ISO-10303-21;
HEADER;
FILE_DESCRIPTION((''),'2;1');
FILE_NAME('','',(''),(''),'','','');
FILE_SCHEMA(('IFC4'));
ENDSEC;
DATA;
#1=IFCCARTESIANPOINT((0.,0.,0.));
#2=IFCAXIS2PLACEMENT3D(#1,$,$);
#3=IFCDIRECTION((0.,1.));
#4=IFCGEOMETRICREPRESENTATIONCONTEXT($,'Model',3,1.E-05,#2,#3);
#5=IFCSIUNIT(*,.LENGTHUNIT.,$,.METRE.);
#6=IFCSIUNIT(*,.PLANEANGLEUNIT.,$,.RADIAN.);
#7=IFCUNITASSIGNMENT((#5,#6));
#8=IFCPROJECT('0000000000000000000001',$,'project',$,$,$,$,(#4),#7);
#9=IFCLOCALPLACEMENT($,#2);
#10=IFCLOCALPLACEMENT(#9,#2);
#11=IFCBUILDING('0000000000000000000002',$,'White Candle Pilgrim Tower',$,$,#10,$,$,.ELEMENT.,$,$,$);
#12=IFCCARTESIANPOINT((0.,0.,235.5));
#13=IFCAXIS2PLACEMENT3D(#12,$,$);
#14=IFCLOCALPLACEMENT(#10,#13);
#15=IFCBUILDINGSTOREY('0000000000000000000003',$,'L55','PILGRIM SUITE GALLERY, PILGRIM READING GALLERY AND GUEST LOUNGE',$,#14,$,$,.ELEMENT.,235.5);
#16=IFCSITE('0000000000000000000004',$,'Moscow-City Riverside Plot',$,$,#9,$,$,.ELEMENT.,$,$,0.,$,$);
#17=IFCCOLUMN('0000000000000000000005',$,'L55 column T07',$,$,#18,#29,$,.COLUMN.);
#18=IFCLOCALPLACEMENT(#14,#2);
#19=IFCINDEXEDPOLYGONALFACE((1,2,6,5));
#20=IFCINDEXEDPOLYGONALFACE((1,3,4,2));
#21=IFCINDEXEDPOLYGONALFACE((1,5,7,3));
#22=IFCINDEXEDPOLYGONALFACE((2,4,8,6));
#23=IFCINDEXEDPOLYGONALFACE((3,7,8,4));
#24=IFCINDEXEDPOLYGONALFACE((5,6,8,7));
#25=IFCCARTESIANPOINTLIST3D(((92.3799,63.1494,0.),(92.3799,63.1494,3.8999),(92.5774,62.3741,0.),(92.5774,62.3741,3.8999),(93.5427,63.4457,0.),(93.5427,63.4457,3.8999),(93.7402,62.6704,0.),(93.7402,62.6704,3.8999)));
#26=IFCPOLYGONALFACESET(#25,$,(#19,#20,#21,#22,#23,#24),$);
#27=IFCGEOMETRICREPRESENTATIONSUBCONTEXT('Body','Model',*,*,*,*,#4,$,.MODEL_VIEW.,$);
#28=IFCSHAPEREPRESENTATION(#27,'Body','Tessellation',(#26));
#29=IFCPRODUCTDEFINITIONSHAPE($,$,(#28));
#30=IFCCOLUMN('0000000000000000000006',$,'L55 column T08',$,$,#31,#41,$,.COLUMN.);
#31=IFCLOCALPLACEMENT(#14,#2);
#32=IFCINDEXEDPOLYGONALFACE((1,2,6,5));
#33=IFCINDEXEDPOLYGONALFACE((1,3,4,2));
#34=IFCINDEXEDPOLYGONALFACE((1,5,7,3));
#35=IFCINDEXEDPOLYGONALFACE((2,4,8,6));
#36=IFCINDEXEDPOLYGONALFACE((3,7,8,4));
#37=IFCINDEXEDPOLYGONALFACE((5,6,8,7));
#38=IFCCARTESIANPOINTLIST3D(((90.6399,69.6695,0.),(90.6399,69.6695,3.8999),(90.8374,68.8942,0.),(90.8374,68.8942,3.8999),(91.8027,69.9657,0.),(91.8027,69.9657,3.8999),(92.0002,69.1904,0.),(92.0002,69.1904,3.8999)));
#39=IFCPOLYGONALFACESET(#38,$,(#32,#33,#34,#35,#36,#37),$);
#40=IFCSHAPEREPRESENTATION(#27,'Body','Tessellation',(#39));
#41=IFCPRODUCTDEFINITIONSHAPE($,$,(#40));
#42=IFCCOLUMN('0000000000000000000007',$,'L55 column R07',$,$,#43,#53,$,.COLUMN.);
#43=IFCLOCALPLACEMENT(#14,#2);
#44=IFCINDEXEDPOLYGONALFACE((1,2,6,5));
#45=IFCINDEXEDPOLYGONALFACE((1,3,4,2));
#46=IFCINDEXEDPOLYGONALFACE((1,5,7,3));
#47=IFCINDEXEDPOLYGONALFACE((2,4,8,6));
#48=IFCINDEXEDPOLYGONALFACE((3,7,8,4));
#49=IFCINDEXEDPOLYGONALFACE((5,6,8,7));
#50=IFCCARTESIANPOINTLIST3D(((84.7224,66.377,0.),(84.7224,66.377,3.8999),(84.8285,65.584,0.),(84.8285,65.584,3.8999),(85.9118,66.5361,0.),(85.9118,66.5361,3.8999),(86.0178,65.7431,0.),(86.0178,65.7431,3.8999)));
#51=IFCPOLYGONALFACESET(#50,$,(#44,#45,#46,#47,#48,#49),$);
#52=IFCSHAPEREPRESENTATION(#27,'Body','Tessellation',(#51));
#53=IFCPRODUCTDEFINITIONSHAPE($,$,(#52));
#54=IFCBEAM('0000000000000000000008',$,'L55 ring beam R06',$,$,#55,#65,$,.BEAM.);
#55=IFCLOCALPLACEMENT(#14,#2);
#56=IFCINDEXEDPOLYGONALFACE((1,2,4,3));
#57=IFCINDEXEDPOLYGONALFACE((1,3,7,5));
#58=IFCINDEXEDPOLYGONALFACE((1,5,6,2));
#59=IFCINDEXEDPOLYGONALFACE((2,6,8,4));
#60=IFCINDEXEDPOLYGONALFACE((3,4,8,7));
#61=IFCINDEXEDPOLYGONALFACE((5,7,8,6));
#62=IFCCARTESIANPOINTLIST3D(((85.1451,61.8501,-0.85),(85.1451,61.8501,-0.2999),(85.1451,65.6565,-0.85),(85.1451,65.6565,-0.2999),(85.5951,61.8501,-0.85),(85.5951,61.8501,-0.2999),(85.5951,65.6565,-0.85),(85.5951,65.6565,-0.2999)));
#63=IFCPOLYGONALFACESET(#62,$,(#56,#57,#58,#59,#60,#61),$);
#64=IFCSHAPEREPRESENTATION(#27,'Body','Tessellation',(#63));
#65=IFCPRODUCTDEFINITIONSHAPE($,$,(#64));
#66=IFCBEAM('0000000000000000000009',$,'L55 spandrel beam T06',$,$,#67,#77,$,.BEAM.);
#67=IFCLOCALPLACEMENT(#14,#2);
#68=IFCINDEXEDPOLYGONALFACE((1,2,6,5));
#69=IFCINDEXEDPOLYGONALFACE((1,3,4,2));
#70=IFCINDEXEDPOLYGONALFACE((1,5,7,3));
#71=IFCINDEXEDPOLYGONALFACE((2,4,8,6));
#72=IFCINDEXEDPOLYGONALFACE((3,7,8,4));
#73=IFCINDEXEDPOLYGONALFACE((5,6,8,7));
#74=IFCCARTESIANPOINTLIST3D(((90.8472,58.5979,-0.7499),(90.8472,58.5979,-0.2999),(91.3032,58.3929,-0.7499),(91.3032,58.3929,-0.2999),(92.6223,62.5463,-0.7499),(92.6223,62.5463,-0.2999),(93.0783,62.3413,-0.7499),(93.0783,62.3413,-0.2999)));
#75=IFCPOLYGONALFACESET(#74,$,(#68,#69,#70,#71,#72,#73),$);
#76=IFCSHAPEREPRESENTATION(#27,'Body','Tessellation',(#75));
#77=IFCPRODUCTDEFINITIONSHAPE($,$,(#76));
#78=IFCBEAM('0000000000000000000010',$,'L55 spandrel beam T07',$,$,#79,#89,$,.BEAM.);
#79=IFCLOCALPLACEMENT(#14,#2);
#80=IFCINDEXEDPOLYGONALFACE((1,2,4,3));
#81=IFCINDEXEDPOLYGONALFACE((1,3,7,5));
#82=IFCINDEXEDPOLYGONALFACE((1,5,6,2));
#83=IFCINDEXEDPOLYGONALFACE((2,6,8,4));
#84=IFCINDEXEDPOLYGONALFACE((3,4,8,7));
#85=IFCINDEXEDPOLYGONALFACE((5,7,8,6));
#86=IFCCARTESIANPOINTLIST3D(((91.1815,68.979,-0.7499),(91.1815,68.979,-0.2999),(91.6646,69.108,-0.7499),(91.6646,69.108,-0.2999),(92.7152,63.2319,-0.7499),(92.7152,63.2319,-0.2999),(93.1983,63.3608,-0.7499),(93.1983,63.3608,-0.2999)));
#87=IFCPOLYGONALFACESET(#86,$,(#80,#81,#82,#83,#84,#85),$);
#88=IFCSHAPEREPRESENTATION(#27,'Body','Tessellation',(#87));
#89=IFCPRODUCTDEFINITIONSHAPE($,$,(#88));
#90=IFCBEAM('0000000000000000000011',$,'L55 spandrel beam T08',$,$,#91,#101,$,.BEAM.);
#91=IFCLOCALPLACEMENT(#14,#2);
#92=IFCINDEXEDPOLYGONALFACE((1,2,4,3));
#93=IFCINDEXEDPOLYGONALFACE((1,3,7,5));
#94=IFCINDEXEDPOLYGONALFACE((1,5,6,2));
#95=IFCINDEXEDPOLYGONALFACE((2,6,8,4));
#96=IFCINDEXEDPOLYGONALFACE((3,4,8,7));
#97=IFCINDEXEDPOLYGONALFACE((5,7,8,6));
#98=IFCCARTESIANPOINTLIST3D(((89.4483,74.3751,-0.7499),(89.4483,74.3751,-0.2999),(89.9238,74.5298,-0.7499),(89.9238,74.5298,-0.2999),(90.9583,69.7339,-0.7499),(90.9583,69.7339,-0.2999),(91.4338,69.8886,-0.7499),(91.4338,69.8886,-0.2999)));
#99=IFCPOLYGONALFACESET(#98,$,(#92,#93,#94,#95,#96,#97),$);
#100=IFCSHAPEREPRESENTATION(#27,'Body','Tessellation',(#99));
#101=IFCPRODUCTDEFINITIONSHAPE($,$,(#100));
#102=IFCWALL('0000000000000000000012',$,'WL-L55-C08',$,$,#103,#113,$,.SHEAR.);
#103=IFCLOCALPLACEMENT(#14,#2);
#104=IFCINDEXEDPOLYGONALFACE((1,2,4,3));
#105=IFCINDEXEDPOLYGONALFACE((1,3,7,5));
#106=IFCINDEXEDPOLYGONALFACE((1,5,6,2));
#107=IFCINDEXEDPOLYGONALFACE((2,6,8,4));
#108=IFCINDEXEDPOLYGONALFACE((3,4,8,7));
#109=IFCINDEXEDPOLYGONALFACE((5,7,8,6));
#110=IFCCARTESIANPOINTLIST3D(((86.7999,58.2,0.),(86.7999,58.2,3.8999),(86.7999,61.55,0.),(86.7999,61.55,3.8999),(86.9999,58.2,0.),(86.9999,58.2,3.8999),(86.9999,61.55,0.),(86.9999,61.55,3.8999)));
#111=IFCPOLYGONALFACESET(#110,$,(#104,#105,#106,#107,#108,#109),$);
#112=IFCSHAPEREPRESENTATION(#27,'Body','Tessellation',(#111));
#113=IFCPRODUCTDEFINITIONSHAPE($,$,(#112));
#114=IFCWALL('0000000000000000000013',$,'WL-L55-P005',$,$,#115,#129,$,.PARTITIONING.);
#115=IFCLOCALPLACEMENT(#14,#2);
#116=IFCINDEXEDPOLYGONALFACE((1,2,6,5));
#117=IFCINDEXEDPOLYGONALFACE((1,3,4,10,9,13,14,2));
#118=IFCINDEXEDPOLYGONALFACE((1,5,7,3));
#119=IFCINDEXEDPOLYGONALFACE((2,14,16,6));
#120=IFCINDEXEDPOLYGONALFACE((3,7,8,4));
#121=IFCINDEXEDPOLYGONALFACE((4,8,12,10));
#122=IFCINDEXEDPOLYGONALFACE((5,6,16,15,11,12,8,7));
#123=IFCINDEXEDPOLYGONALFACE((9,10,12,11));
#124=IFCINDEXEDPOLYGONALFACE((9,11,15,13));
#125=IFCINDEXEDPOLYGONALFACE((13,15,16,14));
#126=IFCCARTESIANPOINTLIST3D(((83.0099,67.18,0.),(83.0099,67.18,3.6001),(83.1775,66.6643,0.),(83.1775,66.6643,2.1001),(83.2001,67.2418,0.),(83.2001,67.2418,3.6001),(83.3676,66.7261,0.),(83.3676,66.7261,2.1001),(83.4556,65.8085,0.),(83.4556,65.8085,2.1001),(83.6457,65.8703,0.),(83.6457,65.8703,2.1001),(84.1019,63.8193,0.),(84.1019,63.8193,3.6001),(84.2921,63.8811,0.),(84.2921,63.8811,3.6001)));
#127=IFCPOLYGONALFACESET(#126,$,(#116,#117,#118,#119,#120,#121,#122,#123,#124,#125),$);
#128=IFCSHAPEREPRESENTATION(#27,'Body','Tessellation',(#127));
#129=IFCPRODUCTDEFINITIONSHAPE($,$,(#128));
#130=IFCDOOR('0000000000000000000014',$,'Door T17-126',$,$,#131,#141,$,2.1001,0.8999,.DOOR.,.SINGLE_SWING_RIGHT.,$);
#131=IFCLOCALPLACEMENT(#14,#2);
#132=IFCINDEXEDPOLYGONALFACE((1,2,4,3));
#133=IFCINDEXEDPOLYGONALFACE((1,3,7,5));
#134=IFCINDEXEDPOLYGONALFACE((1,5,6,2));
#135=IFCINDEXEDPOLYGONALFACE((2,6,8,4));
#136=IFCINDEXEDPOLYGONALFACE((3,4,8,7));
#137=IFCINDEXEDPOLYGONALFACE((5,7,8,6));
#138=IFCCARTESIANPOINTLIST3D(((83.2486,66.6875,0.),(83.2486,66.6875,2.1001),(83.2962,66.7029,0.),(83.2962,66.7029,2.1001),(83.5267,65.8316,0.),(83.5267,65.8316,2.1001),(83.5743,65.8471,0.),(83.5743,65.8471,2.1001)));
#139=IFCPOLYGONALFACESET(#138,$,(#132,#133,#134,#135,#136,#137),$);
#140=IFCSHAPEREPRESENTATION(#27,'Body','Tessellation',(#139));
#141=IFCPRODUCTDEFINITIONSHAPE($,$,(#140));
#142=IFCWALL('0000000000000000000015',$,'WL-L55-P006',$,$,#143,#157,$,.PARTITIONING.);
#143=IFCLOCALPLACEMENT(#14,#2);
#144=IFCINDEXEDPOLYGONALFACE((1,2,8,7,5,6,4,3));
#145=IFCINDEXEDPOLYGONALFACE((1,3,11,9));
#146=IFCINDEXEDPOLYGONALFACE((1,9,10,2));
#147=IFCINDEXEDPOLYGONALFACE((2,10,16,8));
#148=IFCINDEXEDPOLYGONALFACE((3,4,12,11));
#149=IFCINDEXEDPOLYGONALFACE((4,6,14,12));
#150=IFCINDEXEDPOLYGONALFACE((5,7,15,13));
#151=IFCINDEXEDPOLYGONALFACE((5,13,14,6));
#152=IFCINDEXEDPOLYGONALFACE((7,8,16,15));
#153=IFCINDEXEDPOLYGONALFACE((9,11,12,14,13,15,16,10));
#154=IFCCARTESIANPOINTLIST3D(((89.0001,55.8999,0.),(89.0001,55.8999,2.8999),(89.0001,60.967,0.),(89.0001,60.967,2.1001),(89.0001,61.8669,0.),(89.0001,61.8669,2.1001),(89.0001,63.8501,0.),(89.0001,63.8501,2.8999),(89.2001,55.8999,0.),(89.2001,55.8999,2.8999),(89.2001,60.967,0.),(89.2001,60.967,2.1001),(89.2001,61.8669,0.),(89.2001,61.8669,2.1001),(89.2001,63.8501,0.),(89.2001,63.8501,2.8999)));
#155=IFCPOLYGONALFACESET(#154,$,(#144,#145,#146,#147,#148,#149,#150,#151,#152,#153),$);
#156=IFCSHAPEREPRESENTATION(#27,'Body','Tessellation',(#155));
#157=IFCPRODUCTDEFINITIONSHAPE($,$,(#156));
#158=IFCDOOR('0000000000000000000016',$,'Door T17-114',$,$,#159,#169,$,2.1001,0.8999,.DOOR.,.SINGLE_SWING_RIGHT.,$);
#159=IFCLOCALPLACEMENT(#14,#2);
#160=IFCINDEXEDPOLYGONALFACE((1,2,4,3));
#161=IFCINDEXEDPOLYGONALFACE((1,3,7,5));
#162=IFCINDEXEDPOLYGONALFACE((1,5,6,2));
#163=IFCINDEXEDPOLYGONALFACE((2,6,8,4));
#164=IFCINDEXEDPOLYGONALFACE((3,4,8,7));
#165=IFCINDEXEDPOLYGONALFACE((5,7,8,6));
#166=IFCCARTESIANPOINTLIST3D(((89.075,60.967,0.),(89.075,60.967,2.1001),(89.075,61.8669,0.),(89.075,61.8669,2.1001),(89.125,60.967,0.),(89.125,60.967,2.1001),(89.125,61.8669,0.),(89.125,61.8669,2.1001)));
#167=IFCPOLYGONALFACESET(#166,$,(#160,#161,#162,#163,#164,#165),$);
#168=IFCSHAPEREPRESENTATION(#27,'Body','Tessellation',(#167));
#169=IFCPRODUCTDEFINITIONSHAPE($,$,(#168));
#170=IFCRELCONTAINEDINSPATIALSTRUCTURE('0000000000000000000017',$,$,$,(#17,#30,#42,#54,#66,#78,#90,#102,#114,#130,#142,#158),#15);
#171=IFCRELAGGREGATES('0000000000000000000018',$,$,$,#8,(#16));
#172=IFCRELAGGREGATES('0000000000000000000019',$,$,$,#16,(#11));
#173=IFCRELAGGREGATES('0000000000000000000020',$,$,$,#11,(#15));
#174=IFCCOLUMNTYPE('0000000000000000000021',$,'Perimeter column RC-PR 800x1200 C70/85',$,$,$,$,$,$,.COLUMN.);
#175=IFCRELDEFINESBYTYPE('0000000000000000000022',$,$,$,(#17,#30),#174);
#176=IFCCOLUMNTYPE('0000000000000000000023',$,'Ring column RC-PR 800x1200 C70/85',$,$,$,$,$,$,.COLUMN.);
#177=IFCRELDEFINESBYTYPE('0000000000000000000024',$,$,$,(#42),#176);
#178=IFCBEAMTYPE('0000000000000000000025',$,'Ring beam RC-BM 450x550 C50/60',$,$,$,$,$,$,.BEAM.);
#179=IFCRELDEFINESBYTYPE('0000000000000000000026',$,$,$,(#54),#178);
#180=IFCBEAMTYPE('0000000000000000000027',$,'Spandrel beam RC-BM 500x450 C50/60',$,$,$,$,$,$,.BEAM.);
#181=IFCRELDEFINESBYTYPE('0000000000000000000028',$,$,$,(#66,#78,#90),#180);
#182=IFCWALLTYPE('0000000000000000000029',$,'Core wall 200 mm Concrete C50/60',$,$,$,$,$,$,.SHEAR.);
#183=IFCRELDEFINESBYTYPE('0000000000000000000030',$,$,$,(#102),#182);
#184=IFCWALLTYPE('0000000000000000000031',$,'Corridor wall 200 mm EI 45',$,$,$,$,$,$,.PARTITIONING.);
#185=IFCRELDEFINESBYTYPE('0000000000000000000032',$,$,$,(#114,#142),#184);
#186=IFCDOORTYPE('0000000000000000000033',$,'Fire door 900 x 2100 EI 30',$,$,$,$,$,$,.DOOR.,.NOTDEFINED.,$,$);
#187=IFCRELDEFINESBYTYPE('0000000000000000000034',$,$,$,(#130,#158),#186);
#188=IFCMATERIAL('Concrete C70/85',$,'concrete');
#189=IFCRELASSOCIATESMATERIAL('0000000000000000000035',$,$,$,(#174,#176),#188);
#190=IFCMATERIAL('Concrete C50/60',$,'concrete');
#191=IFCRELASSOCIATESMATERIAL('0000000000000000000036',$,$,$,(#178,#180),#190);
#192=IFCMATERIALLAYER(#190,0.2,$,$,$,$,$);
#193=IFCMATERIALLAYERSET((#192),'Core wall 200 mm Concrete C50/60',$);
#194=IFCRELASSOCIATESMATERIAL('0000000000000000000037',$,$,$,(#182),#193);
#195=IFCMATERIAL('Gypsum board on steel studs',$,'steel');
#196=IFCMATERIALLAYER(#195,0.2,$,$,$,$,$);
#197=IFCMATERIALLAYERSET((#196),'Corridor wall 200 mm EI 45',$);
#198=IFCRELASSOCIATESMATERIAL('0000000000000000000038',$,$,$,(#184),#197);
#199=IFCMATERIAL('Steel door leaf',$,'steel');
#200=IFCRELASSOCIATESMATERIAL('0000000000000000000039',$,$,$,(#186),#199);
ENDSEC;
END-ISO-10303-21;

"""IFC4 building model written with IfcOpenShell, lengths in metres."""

from ifc_helpers import new_model, si_unit, direction, frame, frame_2d, origin, origin_2d, place, context, subcontext, project, spatial, rectangle, extrude, material, layer, layer_set, material_profile, profile_set, type_object, element, fill, save


model = new_model("IFC4")

# Units and contexts
model_context = context("Model", 3, precision=1e-05, world=origin(), true_north=direction((0.0, 1.0)))
body_context = subcontext(model_context, "Body", "Model", "MODEL_VIEW")
ifc_project = project(units=[si_unit("LENGTHUNIT", "METRE"), si_unit("PLANEANGLEUNIT", "RADIAN")], contexts=[model_context])

# Site, building, storey
site_placement = place(None, origin())
site = spatial("IfcSite", under=ifc_project, at=site_placement, Name="Moscow-City Riverside Plot", CompositionType="ELEMENT", RefElevation=0.0)
building_placement = place(site_placement, origin())
building = spatial("IfcBuilding", under=site, at=building_placement, Name="White Candle Pilgrim Tower", CompositionType="ELEMENT")
storey_placement = place(building_placement, frame((0.0, 0.0, 235.5)))
storey = spatial("IfcBuildingStorey", under=building, at=storey_placement, Name="L55", Description="PILGRIM SUITE GALLERY, PILGRIM READING GALLERY AND GUEST LOUNGE", CompositionType="ELEMENT", Elevation=235.5)

# Columns
ifc_material_1 = material(Name="Concrete C70/85", Category="concrete")
ifc_material_profile_1 = material_profile(ifc_material_1, rectangle(XDim=0.8, YDim=1.2, at=origin_2d()), Name="RC-PR 800x1200")
ifc_profile_set_1 = profile_set([ifc_material_profile_1], Name="Concrete C70/85")
column_type_1 = type_object("IfcColumnType", Name="Perimeter column RC-PR 800x1200 C70/85", PredefinedType="COLUMN", material=ifc_profile_set_1)
for number, where, z_axis, x_axis, name in (
    (1, (93.0601, 62.9099, 0.0), (0.0, 0.0, 1.0), (0.246881, -0.969046, 0.0), "L55 column T07"),
    (2, (91.3201, 69.4299, 0.0), (0.0, 0.0, 1.0), (0.246881, -0.969046, 0.0), "L55 column T08"),
):
    element("IfcColumn", number, at=place(storey_placement, frame(where, z_axis=z_axis, x_axis=x_axis)), inside=storey, type_object=column_type_1, Name=name, PredefinedType="COLUMN", context=body_context, shape_type="SweptSolid", body=[
        extrude(rectangle(XDim=0.8, YDim=1.2, at=origin_2d()), origin(), (0.0, 0.0, 1.0), 3.8999),
    ])
ifc_material_profile_2 = material_profile(ifc_material_1, rectangle(XDim=0.8, YDim=1.2, at=origin_2d()), Name="RC-PR 800x1200")
ifc_profile_set_2 = profile_set([ifc_material_profile_2], Name="Concrete C70/85")
column_type_2 = type_object("IfcColumnType", Name="Ring column RC-PR 800x1200 C70/85", PredefinedType="COLUMN", material=ifc_profile_set_2)
column_placement = place(storey_placement, frame((85.3701, 66.0601, 0.0), z_axis=(0.0, 0.0, 1.0), x_axis=(0.132602, -0.991169, 0.0)))
element("IfcColumn", 3, at=column_placement, inside=storey, type_object=column_type_2, Name="L55 column R07", PredefinedType="COLUMN", context=body_context, shape_type="SweptSolid", body=[
    extrude(rectangle(XDim=0.8, YDim=1.2, at=origin_2d()), origin(), (0.0, 0.0, 1.0), 3.8999),
])

# Beams
ifc_material_2 = material(Name="Concrete C50/60", Category="concrete")
ifc_material_profile_3 = material_profile(ifc_material_2, rectangle(XDim=0.45, YDim=0.55, at=origin_2d()), Name="RC-BM 450x550")
ifc_profile_set_3 = profile_set([ifc_material_profile_3], Name="Concrete C50/60")
beam_type_1 = type_object("IfcBeamType", Name="Ring beam RC-BM 450x550 C50/60", PredefinedType="BEAM", material=ifc_profile_set_3)
beam_1_placement = place(storey_placement, frame((85.3701, 65.6565, -0.575), z_axis=(0.0, -1.0, 0.0), x_axis=(1.0, 0.0, 0.0)))
element("IfcBeam", 4, at=beam_1_placement, inside=storey, type_object=beam_type_1, Name="L55 ring beam R06", PredefinedType="BEAM", context=body_context, shape_type="SweptSolid", body=[
    extrude(rectangle(XDim=0.45, YDim=0.55, at=origin_2d()), origin(), (0.0, 0.0, 1.0), 3.8064),
])
ifc_material_profile_4 = material_profile(ifc_material_2, rectangle(XDim=0.5, YDim=0.45, at=origin_2d()), Name="RC-BM 500x450")
ifc_profile_set_4 = profile_set([ifc_material_profile_4], Name="Concrete C50/60")
beam_type_2 = type_object("IfcBeamType", Name="Spandrel beam RC-BM 500x450 C50/60", PredefinedType="BEAM", material=ifc_profile_set_4)
beam_2_placement = place(storey_placement, frame((91.0752, 58.4954, -0.5249), z_axis=(0.410043, 0.912066, 0.0), x_axis=(-0.912066, 0.410043, 0.0)))
element("IfcBeam", 5, at=beam_2_placement, inside=storey, type_object=beam_type_2, Name="L55 spandrel beam T06", PredefinedType="BEAM", context=body_context, shape_type="SweptSolid", body=[
    extrude(rectangle(XDim=0.5, YDim=0.45, at=origin_2d()), origin(), (0.0, 0.0, 1.0), 4.3291),
])
beam_3_placement = place(storey_placement, frame((92.9568, 63.2964, -0.5249), z_axis=(-0.257841, 0.966187, 0.0), x_axis=(-0.966187, -0.257841, 0.0)))
element("IfcBeam", 6, at=beam_3_placement, inside=storey, type_object=beam_type_2, Name="L55 spandrel beam T07", PredefinedType="BEAM", context=body_context, shape_type="SweptSolid", body=[
    extrude(rectangle(XDim=0.5, YDim=0.45, at=origin_2d()), origin(), (0.0, 0.0, 1.0), 5.9482),
])
beam_4_placement = place(storey_placement, frame((91.196, 69.8113, -0.5249), z_axis=(-0.309391, 0.950935, 0.0), x_axis=(-0.950935, -0.309391, 0.0)))
element("IfcBeam", 7, at=beam_4_placement, inside=storey, type_object=beam_type_2, Name="L55 spandrel beam T08", PredefinedType="BEAM", context=body_context, shape_type="SweptSolid", body=[
    extrude(rectangle(XDim=0.5, YDim=0.45, at=origin_2d()), origin(), (0.0, 0.0, 1.0), 4.8806),
])

# Wall
ifc_layer_1 = layer(ifc_material_2, 0.2)
ifc_layer_set_1 = layer_set([ifc_layer_1], Name="Core wall 200 mm Concrete C50/60")
wall_type_1 = type_object("IfcWallType", Name="Core wall 200 mm Concrete C50/60", PredefinedType="SHEAR", material=ifc_layer_set_1)
wall_1_placement = place(storey_placement, frame((86.8999, 58.2, 0.0), z_axis=(0.0, 0.0, 1.0), x_axis=(0.0, 1.0, 0.0)))
element("IfcWall", 8, at=wall_1_placement, inside=storey, type_object=wall_type_1, Name="WL-L55-C08", PredefinedType="SHEAR", context=body_context, shape_type="SweptSolid", body=[
    extrude(rectangle(XDim=3.3501, YDim=0.2, at=frame_2d((1.675, 0.0))), origin(), (0.0, 0.0, 1.0), 3.8999),
])

# Walls, openings, doors
ifc_material_3 = material(Name="Gypsum board on steel studs", Category="steel")
ifc_layer_2 = layer(ifc_material_3, 0.2)
ifc_layer_set_2 = layer_set([ifc_layer_2], Name="Corridor wall 200 mm EI 45")
wall_type_2 = type_object("IfcWallType", Name="Corridor wall 200 mm EI 45", PredefinedType="PARTITIONING", material=ifc_layer_set_2)
wall_2_placement = place(storey_placement, frame((83.105, 67.2109, 0.0), z_axis=(0.0, 0.0, 1.0), x_axis=(0.309027, -0.951053, 0.0)))
wall_2 = element("IfcWall", 9, at=wall_2_placement, inside=storey, type_object=wall_type_2, Name="WL-L55-P005", PredefinedType="PARTITIONING", context=body_context, shape_type="SweptSolid", body=[
    extrude(rectangle(XDim=3.5337, YDim=0.2, at=frame_2d((1.7668, 0.0))), origin(), (0.0, 0.0, 1.0), 3.6001),
])
opening_1_placement = place(wall_2_placement, frame((0.5422, 0.0, 0.0)))
opening_1 = element("IfcOpeningElement", 10, at=opening_1_placement, cuts=wall_2, PredefinedType="OPENING", context=body_context, shape_type="SweptSolid", body=[
    extrude(rectangle(XDim=0.8999, YDim=2.1001, at=frame_2d((0.45, 1.05))), frame((0.0, 0.1099, 0.0), z_axis=(0.0, -1.0, 0.0), x_axis=(1.0, 0.0, 0.0)), (0.0, 0.0, 1.0), 0.22),
])
ifc_material_4 = material(Name="Steel door leaf", Category="steel")
door_type_1 = type_object("IfcDoorType", Name="Fire door 900 x 2100 EI 30", OperationType="NOTDEFINED", PredefinedType="DOOR", material=ifc_material_4)
door_1_placement = place(opening_1_placement, origin())
door_1 = element("IfcDoor", 11, at=door_1_placement, inside=storey, type_object=door_type_1, Name="Door T17-126", OperationType="SINGLE_SWING_RIGHT", OverallHeight=2.1001, OverallWidth=0.8999, PredefinedType="DOOR", context=body_context, shape_type="SweptSolid", body=[
    extrude(rectangle(XDim=0.8999, YDim=2.1001, at=frame_2d((0.45, 1.05))), frame((0.0, 0.0249, 0.0), z_axis=(0.0, -1.0, 0.0), x_axis=(1.0, 0.0, 0.0)), (0.0, 0.0, 1.0), 0.05),
])
fill(opening_1, door_1)
wall_3_placement = place(storey_placement, frame((89.1001, 63.8501, 0.0), z_axis=(0.0, 0.0, 1.0), x_axis=(0.0, -1.0, 0.0)))
wall_3 = element("IfcWall", 12, at=wall_3_placement, inside=storey, type_object=wall_type_2, Name="WL-L55-P006", PredefinedType="PARTITIONING", context=body_context, shape_type="SweptSolid", body=[
    extrude(rectangle(XDim=7.9502, YDim=0.2, at=frame_2d((3.9751, 0.0))), origin(), (0.0, 0.0, 1.0), 2.8999),
])
opening_2_placement = place(wall_3_placement, frame((1.9832, 0.0, 0.0)))
opening_2 = element("IfcOpeningElement", 13, at=opening_2_placement, cuts=wall_3, PredefinedType="OPENING", context=body_context, shape_type="SweptSolid", body=[
    extrude(rectangle(XDim=0.8999, YDim=2.1001, at=frame_2d((0.45, 1.05))), frame((0.0, 0.1099, 0.0), z_axis=(0.0, -1.0, 0.0), x_axis=(1.0, 0.0, 0.0)), (0.0, 0.0, 1.0), 0.22),
])
door_2_placement = place(opening_2_placement, origin())
door_2 = element("IfcDoor", 14, at=door_2_placement, inside=storey, type_object=door_type_1, Name="Door T17-114", OperationType="SINGLE_SWING_RIGHT", OverallHeight=2.1001, OverallWidth=0.8999, PredefinedType="DOOR", context=body_context, shape_type="SweptSolid", body=[
    extrude(rectangle(XDim=0.8999, YDim=2.1001, at=frame_2d((0.45, 1.05))), frame((0.0, 0.0249, 0.0), z_axis=(0.0, -1.0, 0.0), x_axis=(1.0, 0.0, 0.0)), (0.0, 0.0, 1.0), 0.05),
])
fill(opening_2, door_2)

save(model, "model.ifc")
